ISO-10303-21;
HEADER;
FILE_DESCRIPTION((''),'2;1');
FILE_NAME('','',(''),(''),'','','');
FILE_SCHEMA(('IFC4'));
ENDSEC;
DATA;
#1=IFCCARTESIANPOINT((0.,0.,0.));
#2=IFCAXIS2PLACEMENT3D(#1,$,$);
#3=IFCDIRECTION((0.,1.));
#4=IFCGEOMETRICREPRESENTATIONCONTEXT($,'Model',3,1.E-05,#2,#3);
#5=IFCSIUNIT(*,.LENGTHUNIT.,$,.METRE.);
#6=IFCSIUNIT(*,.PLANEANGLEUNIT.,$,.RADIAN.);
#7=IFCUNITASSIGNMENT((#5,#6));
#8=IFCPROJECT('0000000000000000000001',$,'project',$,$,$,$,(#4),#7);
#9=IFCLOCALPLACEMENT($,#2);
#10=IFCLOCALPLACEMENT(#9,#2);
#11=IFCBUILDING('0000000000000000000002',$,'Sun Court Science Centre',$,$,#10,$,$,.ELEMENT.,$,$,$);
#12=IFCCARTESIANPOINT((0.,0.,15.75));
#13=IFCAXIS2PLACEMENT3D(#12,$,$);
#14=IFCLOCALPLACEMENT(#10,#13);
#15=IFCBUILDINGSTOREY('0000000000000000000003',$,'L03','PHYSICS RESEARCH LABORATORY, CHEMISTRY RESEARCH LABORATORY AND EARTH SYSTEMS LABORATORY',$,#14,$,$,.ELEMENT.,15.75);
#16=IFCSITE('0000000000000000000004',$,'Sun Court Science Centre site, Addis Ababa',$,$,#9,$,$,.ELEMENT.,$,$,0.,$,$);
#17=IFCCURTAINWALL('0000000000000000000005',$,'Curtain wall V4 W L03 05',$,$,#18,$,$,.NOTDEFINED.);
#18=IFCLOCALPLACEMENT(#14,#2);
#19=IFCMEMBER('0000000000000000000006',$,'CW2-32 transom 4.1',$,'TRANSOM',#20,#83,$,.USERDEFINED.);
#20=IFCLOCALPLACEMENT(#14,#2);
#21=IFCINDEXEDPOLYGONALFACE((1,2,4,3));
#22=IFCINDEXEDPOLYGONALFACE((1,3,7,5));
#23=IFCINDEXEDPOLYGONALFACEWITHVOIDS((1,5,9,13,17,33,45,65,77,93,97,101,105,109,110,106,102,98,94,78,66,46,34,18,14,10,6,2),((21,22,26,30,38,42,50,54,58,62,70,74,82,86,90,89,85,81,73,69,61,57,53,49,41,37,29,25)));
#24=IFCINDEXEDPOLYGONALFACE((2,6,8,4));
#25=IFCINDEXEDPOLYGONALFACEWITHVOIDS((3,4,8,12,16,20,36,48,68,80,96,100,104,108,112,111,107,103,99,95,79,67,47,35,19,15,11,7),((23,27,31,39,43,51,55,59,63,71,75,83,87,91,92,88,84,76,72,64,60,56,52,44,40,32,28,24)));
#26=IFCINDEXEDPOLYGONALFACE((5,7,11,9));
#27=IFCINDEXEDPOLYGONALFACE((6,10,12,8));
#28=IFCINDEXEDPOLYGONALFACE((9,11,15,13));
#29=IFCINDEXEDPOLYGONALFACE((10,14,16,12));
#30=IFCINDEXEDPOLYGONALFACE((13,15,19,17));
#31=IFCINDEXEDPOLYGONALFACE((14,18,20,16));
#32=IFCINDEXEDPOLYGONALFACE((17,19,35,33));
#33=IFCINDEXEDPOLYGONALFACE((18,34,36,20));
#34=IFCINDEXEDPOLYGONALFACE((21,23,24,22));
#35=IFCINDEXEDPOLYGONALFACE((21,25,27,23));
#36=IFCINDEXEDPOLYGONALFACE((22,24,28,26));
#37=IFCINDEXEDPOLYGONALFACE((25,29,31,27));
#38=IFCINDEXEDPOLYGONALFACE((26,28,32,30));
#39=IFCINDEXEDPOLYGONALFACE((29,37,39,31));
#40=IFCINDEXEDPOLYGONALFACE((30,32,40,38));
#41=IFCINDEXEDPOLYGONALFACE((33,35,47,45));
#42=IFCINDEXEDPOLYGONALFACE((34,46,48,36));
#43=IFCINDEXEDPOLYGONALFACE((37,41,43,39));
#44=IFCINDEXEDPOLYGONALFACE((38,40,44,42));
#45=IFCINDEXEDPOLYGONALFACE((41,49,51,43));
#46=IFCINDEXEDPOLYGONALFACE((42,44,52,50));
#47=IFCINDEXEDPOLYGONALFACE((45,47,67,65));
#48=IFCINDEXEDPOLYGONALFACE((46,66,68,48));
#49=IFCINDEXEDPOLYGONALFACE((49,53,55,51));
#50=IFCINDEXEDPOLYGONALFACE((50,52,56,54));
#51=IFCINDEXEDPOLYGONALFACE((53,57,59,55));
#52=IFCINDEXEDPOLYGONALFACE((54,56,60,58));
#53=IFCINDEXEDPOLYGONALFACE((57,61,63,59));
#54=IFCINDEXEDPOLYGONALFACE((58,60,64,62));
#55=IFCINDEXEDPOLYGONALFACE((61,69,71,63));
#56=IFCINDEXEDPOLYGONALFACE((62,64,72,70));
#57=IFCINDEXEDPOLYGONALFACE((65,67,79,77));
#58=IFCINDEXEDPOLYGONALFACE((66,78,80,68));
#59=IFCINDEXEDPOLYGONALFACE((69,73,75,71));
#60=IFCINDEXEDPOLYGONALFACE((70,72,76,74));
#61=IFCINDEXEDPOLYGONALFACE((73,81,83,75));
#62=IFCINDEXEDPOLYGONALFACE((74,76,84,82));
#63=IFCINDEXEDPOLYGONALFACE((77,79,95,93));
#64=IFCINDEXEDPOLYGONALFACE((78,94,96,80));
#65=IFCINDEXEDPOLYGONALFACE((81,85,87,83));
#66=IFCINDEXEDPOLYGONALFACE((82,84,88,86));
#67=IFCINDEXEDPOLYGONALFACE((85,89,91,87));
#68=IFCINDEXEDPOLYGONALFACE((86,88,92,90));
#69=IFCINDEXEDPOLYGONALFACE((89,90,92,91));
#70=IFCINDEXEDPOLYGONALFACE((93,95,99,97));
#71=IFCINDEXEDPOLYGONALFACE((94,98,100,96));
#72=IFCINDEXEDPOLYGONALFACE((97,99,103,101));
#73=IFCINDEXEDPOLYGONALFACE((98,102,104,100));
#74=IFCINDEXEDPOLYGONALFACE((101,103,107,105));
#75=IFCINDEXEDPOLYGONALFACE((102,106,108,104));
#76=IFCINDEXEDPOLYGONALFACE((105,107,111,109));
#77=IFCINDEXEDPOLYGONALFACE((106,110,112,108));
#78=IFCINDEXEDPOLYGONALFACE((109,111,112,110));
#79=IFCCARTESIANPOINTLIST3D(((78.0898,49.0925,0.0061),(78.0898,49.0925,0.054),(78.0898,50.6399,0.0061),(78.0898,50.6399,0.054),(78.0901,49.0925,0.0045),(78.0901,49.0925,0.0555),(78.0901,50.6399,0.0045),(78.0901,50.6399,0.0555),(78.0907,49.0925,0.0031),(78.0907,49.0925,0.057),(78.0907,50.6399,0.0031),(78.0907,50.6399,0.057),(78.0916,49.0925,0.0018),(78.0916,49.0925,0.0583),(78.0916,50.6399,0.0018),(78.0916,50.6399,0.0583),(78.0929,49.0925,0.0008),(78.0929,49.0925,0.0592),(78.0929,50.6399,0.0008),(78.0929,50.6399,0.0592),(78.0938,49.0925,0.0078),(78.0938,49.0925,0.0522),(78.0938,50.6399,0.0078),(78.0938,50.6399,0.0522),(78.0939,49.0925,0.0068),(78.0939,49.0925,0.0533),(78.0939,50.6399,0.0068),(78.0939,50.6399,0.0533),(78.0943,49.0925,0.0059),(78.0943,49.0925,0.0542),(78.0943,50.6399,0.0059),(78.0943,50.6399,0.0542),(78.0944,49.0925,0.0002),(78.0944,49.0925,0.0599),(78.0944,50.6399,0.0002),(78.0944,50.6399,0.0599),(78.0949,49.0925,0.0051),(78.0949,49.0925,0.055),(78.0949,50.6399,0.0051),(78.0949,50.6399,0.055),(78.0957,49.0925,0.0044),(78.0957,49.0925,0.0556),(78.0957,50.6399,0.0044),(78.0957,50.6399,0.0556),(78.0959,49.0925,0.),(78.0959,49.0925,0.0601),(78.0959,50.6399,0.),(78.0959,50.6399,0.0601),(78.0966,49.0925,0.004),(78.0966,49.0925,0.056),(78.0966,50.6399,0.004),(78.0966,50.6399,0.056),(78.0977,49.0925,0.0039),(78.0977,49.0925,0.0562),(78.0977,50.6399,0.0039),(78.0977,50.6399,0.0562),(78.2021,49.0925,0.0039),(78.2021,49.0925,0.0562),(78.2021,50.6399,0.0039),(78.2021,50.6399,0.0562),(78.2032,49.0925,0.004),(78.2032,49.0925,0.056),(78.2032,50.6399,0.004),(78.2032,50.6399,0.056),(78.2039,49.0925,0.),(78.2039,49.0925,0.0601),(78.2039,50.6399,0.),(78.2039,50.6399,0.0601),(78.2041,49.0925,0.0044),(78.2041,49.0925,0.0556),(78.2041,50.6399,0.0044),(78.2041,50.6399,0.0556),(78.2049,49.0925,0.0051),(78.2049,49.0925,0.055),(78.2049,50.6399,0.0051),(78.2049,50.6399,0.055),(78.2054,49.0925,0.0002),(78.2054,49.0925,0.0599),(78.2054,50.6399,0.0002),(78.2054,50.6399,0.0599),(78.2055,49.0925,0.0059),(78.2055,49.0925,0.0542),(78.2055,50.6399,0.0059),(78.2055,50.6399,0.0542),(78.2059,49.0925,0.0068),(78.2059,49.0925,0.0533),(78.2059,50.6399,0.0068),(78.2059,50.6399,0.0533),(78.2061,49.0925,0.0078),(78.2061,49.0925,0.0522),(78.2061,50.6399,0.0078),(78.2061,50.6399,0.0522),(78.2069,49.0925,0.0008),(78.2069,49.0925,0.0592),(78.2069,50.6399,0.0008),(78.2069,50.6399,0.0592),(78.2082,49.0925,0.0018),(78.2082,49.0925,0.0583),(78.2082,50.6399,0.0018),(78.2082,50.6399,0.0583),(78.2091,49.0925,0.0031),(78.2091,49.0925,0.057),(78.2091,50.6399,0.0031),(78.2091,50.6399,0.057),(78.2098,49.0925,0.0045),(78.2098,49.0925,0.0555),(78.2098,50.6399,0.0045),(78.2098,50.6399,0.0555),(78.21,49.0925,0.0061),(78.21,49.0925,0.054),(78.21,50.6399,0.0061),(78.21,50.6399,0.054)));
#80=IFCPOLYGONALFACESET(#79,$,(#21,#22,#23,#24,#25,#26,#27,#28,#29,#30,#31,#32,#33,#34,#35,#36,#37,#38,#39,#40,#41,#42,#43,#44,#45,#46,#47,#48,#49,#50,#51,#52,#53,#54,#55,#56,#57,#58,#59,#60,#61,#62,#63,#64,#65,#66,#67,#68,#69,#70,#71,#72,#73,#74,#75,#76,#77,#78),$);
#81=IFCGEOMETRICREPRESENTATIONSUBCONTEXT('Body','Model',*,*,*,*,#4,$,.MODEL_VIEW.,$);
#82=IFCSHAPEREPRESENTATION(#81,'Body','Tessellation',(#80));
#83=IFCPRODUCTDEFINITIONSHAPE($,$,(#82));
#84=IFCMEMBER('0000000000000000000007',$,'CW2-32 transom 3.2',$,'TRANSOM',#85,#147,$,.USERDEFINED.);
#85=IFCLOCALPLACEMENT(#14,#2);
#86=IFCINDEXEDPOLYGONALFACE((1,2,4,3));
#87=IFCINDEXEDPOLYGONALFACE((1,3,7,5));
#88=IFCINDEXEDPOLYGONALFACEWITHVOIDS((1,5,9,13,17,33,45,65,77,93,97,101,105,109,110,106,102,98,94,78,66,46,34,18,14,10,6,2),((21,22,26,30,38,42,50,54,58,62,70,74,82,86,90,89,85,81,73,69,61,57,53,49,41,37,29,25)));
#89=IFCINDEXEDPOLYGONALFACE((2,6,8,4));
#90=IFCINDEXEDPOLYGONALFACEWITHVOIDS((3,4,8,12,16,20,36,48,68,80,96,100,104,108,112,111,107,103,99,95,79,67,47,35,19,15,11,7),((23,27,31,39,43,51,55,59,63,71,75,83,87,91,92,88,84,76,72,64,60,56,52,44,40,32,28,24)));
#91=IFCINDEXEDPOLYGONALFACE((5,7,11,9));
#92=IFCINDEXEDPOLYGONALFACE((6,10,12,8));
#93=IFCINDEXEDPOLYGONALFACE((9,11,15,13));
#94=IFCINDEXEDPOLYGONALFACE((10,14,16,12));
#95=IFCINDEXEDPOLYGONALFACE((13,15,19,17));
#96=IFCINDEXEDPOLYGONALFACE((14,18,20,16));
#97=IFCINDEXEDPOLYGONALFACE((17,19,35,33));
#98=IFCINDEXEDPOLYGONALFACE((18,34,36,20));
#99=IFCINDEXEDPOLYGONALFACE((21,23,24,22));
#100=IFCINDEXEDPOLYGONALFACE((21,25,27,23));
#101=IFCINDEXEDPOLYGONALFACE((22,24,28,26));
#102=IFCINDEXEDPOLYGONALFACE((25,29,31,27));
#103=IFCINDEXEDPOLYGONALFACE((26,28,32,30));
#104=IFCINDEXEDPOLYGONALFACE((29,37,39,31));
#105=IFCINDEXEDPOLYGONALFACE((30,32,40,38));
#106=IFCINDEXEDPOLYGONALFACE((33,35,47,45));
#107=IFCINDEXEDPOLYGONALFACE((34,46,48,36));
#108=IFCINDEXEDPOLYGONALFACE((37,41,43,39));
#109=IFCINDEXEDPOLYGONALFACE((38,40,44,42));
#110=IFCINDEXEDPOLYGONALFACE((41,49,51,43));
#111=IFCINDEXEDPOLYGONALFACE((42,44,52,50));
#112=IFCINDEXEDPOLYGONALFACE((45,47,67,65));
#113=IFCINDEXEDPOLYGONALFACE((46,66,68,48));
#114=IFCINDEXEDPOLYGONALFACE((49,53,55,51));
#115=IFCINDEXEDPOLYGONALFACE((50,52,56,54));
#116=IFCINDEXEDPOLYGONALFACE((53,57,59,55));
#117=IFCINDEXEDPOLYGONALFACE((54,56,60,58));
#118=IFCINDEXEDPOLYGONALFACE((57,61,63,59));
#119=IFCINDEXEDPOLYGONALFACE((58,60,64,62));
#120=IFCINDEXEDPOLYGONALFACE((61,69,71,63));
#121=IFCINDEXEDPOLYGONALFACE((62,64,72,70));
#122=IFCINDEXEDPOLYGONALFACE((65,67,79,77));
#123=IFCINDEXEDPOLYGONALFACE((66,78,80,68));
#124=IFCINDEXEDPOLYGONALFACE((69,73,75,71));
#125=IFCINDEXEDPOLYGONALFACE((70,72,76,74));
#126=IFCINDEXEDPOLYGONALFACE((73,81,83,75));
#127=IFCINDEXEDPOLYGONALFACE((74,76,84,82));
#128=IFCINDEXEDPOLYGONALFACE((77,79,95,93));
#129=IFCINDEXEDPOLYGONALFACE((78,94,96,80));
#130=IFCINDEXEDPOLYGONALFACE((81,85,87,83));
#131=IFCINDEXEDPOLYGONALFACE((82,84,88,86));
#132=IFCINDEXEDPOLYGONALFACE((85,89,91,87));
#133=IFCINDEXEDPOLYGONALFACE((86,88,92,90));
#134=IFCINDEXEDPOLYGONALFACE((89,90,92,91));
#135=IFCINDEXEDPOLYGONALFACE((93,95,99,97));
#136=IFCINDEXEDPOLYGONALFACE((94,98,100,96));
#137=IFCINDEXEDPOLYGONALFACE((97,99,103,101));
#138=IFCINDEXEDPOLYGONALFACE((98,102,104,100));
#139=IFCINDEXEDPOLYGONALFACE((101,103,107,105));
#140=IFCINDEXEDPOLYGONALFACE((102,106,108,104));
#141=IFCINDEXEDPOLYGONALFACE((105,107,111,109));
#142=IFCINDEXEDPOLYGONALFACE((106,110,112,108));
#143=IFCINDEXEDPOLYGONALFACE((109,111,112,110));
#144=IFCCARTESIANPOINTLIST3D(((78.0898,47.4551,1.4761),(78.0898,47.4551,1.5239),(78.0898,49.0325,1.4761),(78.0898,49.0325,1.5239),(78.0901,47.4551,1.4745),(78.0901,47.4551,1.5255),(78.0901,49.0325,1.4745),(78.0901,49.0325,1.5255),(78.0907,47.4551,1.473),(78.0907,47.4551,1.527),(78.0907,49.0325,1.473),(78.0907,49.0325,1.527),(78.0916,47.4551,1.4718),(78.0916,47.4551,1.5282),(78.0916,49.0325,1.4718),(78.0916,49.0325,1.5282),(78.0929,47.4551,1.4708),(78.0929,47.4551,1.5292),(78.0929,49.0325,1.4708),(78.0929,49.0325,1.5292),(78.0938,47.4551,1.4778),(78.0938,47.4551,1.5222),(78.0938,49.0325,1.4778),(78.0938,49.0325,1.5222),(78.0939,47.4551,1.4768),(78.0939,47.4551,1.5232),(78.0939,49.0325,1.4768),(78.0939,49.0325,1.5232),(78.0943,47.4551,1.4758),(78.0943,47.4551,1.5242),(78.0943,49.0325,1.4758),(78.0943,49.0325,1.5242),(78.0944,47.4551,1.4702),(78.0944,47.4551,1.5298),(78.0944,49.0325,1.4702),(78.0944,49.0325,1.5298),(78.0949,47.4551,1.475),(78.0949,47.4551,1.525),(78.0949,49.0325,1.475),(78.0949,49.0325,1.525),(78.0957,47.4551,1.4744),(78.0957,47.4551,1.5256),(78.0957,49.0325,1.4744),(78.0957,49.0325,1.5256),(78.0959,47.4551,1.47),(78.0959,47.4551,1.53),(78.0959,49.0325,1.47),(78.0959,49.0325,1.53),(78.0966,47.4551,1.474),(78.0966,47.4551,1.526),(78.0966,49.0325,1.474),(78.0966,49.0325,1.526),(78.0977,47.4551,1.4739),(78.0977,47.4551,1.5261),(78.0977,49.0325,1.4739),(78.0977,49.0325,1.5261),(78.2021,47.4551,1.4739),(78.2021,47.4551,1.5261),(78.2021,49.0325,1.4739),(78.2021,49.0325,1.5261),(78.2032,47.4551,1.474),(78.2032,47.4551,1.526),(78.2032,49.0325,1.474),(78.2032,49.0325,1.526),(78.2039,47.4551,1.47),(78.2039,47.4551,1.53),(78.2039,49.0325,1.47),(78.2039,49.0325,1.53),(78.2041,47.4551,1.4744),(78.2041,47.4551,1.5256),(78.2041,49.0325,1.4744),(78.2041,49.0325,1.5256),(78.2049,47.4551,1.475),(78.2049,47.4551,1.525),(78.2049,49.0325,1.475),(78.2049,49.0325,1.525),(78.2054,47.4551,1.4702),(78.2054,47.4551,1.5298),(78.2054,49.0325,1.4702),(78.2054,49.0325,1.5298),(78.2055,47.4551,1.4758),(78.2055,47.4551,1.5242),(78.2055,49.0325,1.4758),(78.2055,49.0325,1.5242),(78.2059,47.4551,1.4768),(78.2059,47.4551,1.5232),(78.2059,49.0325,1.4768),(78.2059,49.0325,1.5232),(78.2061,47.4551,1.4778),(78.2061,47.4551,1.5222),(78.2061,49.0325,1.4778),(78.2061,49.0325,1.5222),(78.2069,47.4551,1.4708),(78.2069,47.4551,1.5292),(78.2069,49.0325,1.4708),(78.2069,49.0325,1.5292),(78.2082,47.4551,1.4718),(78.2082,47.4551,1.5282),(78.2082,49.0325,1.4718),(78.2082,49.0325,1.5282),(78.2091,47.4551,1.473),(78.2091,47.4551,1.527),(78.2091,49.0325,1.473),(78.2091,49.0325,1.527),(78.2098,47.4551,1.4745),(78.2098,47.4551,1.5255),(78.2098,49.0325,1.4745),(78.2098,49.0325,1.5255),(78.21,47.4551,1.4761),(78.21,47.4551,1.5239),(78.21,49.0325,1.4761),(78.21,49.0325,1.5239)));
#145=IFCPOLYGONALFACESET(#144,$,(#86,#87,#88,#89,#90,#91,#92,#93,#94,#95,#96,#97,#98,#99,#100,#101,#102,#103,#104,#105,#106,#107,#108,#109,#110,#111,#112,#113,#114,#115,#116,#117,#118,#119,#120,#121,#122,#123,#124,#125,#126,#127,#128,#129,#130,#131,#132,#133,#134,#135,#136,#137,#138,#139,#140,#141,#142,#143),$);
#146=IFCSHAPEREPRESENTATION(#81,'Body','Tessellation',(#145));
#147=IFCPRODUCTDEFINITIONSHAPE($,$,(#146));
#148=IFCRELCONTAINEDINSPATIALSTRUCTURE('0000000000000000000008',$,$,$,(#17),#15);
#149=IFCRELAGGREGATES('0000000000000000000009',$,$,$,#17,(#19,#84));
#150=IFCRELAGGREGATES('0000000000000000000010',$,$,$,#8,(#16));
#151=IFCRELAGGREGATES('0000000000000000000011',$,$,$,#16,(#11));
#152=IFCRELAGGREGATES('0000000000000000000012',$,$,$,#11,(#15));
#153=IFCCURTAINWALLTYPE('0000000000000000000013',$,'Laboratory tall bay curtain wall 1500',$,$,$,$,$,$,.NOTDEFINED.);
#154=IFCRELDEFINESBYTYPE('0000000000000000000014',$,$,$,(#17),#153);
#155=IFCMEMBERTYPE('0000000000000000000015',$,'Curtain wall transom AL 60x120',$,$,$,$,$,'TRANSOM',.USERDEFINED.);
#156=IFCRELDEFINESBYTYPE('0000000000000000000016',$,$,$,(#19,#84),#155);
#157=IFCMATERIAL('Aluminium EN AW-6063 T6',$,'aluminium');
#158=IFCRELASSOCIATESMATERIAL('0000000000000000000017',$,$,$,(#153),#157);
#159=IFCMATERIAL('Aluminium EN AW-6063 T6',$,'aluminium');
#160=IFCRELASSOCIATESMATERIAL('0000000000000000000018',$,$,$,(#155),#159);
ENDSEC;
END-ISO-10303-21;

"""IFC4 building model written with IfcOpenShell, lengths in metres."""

from ifc_helpers import new_model, si_unit, direction, frame, origin, origin_2d, place, context, subcontext, project, spatial, hollow_rectangle, extrude, material, material_profile, profile_set, type_object, element, aggregate, save


model = new_model("IFC4")

# Units and contexts
model_context = context("Model", 3, precision=1e-05, world=origin(), true_north=direction((0.0, 1.0)))
body_context = subcontext(model_context, "Body", "Model", "MODEL_VIEW")
ifc_project = project(units=[si_unit("LENGTHUNIT", "METRE"), si_unit("PLANEANGLEUNIT", "RADIAN")], contexts=[model_context])

# Site, building, storey
site_placement = place(None, origin())
site = spatial("IfcSite", under=ifc_project, at=site_placement, Name="Sun Court Science Centre site, Addis Ababa", CompositionType="ELEMENT", RefElevation=0.0)
building_placement = place(site_placement, origin())
building = spatial("IfcBuilding", under=site, at=building_placement, Name="Sun Court Science Centre", CompositionType="ELEMENT")
storey_placement = place(building_placement, frame((0.0, 0.0, 15.75)))
storey = spatial("IfcBuildingStorey", under=building, at=storey_placement, Name="L03", Description="PHYSICS RESEARCH LABORATORY, CHEMISTRY RESEARCH LABORATORY AND EARTH SYSTEMS LABORATORY", CompositionType="ELEMENT", Elevation=15.75)

# Curtain wall
ifc_material_1 = material(Name="Aluminium EN AW-6063 T6", Category="aluminium")
curtain_wall_type = type_object("IfcCurtainWallType", Name="Laboratory tall bay curtain wall 1500", PredefinedType="NOTDEFINED", material=ifc_material_1)
curtain_wall_1_placement = place(storey_placement, origin())
curtain_wall_1 = element("IfcCurtainWall", 1, at=curtain_wall_1_placement, inside=storey, type_object=curtain_wall_type, Name="Curtain wall V4 W L03 05", PredefinedType="NOTDEFINED")

# Members
ifc_material_2 = material(Name="Aluminium EN AW-6063 T6", Category="aluminium")
ifc_material_profile_1 = material_profile(ifc_material_2, hollow_rectangle(XDim=0.0601, YDim=0.1201, WallThickness=0.0039, InnerFilletRadius=0.0039, OuterFilletRadius=0.0061, at=origin_2d()), Name="AL 60x120x4")
ifc_profile_set_1 = profile_set([ifc_material_profile_1], Name="Aluminium EN AW-6063 T6")
member_type_1 = type_object("IfcMemberType", Name="Curtain wall transom AL 60x120", ElementType="TRANSOM", PredefinedType="USERDEFINED", material=ifc_profile_set_1)
member_1_placement = place(storey_placement, frame((78.1499, 49.0925, 0.03), z_axis=(0.0, 1.0, 0.0), x_axis=(0.0, 0.0, 1.0)))
member_1 = element("IfcMember", 2, at=member_1_placement, type_object=member_type_1, Name="CW2-32 transom 4.1", ObjectType="TRANSOM", PredefinedType="USERDEFINED", context=body_context, shape_type="SweptSolid", body=[
    extrude(hollow_rectangle(XDim=0.0601, YDim=0.1201, WallThickness=0.0039, InnerFilletRadius=0.0039, OuterFilletRadius=0.0061, at=origin_2d()), origin(), (0.0, 0.0, 1.0), 1.5474),
])
member_2_placement = place(storey_placement, frame((78.1499, 47.4551, 1.5), z_axis=(0.0, 1.0, 0.0), x_axis=(0.0, 0.0, 1.0)))
member_2 = element("IfcMember", 3, at=member_2_placement, type_object=member_type_1, Name="CW2-32 transom 3.2", ObjectType="TRANSOM", PredefinedType="USERDEFINED", context=body_context, shape_type="SweptSolid", body=[
    extrude(hollow_rectangle(XDim=0.0601, YDim=0.1201, WallThickness=0.0039, InnerFilletRadius=0.0039, OuterFilletRadius=0.0061, at=origin_2d()), origin(), (0.0, 0.0, 1.0), 1.5774),
])

aggregate(curtain_wall_1, [member_1, member_2])

save(model, "model.ifc")
